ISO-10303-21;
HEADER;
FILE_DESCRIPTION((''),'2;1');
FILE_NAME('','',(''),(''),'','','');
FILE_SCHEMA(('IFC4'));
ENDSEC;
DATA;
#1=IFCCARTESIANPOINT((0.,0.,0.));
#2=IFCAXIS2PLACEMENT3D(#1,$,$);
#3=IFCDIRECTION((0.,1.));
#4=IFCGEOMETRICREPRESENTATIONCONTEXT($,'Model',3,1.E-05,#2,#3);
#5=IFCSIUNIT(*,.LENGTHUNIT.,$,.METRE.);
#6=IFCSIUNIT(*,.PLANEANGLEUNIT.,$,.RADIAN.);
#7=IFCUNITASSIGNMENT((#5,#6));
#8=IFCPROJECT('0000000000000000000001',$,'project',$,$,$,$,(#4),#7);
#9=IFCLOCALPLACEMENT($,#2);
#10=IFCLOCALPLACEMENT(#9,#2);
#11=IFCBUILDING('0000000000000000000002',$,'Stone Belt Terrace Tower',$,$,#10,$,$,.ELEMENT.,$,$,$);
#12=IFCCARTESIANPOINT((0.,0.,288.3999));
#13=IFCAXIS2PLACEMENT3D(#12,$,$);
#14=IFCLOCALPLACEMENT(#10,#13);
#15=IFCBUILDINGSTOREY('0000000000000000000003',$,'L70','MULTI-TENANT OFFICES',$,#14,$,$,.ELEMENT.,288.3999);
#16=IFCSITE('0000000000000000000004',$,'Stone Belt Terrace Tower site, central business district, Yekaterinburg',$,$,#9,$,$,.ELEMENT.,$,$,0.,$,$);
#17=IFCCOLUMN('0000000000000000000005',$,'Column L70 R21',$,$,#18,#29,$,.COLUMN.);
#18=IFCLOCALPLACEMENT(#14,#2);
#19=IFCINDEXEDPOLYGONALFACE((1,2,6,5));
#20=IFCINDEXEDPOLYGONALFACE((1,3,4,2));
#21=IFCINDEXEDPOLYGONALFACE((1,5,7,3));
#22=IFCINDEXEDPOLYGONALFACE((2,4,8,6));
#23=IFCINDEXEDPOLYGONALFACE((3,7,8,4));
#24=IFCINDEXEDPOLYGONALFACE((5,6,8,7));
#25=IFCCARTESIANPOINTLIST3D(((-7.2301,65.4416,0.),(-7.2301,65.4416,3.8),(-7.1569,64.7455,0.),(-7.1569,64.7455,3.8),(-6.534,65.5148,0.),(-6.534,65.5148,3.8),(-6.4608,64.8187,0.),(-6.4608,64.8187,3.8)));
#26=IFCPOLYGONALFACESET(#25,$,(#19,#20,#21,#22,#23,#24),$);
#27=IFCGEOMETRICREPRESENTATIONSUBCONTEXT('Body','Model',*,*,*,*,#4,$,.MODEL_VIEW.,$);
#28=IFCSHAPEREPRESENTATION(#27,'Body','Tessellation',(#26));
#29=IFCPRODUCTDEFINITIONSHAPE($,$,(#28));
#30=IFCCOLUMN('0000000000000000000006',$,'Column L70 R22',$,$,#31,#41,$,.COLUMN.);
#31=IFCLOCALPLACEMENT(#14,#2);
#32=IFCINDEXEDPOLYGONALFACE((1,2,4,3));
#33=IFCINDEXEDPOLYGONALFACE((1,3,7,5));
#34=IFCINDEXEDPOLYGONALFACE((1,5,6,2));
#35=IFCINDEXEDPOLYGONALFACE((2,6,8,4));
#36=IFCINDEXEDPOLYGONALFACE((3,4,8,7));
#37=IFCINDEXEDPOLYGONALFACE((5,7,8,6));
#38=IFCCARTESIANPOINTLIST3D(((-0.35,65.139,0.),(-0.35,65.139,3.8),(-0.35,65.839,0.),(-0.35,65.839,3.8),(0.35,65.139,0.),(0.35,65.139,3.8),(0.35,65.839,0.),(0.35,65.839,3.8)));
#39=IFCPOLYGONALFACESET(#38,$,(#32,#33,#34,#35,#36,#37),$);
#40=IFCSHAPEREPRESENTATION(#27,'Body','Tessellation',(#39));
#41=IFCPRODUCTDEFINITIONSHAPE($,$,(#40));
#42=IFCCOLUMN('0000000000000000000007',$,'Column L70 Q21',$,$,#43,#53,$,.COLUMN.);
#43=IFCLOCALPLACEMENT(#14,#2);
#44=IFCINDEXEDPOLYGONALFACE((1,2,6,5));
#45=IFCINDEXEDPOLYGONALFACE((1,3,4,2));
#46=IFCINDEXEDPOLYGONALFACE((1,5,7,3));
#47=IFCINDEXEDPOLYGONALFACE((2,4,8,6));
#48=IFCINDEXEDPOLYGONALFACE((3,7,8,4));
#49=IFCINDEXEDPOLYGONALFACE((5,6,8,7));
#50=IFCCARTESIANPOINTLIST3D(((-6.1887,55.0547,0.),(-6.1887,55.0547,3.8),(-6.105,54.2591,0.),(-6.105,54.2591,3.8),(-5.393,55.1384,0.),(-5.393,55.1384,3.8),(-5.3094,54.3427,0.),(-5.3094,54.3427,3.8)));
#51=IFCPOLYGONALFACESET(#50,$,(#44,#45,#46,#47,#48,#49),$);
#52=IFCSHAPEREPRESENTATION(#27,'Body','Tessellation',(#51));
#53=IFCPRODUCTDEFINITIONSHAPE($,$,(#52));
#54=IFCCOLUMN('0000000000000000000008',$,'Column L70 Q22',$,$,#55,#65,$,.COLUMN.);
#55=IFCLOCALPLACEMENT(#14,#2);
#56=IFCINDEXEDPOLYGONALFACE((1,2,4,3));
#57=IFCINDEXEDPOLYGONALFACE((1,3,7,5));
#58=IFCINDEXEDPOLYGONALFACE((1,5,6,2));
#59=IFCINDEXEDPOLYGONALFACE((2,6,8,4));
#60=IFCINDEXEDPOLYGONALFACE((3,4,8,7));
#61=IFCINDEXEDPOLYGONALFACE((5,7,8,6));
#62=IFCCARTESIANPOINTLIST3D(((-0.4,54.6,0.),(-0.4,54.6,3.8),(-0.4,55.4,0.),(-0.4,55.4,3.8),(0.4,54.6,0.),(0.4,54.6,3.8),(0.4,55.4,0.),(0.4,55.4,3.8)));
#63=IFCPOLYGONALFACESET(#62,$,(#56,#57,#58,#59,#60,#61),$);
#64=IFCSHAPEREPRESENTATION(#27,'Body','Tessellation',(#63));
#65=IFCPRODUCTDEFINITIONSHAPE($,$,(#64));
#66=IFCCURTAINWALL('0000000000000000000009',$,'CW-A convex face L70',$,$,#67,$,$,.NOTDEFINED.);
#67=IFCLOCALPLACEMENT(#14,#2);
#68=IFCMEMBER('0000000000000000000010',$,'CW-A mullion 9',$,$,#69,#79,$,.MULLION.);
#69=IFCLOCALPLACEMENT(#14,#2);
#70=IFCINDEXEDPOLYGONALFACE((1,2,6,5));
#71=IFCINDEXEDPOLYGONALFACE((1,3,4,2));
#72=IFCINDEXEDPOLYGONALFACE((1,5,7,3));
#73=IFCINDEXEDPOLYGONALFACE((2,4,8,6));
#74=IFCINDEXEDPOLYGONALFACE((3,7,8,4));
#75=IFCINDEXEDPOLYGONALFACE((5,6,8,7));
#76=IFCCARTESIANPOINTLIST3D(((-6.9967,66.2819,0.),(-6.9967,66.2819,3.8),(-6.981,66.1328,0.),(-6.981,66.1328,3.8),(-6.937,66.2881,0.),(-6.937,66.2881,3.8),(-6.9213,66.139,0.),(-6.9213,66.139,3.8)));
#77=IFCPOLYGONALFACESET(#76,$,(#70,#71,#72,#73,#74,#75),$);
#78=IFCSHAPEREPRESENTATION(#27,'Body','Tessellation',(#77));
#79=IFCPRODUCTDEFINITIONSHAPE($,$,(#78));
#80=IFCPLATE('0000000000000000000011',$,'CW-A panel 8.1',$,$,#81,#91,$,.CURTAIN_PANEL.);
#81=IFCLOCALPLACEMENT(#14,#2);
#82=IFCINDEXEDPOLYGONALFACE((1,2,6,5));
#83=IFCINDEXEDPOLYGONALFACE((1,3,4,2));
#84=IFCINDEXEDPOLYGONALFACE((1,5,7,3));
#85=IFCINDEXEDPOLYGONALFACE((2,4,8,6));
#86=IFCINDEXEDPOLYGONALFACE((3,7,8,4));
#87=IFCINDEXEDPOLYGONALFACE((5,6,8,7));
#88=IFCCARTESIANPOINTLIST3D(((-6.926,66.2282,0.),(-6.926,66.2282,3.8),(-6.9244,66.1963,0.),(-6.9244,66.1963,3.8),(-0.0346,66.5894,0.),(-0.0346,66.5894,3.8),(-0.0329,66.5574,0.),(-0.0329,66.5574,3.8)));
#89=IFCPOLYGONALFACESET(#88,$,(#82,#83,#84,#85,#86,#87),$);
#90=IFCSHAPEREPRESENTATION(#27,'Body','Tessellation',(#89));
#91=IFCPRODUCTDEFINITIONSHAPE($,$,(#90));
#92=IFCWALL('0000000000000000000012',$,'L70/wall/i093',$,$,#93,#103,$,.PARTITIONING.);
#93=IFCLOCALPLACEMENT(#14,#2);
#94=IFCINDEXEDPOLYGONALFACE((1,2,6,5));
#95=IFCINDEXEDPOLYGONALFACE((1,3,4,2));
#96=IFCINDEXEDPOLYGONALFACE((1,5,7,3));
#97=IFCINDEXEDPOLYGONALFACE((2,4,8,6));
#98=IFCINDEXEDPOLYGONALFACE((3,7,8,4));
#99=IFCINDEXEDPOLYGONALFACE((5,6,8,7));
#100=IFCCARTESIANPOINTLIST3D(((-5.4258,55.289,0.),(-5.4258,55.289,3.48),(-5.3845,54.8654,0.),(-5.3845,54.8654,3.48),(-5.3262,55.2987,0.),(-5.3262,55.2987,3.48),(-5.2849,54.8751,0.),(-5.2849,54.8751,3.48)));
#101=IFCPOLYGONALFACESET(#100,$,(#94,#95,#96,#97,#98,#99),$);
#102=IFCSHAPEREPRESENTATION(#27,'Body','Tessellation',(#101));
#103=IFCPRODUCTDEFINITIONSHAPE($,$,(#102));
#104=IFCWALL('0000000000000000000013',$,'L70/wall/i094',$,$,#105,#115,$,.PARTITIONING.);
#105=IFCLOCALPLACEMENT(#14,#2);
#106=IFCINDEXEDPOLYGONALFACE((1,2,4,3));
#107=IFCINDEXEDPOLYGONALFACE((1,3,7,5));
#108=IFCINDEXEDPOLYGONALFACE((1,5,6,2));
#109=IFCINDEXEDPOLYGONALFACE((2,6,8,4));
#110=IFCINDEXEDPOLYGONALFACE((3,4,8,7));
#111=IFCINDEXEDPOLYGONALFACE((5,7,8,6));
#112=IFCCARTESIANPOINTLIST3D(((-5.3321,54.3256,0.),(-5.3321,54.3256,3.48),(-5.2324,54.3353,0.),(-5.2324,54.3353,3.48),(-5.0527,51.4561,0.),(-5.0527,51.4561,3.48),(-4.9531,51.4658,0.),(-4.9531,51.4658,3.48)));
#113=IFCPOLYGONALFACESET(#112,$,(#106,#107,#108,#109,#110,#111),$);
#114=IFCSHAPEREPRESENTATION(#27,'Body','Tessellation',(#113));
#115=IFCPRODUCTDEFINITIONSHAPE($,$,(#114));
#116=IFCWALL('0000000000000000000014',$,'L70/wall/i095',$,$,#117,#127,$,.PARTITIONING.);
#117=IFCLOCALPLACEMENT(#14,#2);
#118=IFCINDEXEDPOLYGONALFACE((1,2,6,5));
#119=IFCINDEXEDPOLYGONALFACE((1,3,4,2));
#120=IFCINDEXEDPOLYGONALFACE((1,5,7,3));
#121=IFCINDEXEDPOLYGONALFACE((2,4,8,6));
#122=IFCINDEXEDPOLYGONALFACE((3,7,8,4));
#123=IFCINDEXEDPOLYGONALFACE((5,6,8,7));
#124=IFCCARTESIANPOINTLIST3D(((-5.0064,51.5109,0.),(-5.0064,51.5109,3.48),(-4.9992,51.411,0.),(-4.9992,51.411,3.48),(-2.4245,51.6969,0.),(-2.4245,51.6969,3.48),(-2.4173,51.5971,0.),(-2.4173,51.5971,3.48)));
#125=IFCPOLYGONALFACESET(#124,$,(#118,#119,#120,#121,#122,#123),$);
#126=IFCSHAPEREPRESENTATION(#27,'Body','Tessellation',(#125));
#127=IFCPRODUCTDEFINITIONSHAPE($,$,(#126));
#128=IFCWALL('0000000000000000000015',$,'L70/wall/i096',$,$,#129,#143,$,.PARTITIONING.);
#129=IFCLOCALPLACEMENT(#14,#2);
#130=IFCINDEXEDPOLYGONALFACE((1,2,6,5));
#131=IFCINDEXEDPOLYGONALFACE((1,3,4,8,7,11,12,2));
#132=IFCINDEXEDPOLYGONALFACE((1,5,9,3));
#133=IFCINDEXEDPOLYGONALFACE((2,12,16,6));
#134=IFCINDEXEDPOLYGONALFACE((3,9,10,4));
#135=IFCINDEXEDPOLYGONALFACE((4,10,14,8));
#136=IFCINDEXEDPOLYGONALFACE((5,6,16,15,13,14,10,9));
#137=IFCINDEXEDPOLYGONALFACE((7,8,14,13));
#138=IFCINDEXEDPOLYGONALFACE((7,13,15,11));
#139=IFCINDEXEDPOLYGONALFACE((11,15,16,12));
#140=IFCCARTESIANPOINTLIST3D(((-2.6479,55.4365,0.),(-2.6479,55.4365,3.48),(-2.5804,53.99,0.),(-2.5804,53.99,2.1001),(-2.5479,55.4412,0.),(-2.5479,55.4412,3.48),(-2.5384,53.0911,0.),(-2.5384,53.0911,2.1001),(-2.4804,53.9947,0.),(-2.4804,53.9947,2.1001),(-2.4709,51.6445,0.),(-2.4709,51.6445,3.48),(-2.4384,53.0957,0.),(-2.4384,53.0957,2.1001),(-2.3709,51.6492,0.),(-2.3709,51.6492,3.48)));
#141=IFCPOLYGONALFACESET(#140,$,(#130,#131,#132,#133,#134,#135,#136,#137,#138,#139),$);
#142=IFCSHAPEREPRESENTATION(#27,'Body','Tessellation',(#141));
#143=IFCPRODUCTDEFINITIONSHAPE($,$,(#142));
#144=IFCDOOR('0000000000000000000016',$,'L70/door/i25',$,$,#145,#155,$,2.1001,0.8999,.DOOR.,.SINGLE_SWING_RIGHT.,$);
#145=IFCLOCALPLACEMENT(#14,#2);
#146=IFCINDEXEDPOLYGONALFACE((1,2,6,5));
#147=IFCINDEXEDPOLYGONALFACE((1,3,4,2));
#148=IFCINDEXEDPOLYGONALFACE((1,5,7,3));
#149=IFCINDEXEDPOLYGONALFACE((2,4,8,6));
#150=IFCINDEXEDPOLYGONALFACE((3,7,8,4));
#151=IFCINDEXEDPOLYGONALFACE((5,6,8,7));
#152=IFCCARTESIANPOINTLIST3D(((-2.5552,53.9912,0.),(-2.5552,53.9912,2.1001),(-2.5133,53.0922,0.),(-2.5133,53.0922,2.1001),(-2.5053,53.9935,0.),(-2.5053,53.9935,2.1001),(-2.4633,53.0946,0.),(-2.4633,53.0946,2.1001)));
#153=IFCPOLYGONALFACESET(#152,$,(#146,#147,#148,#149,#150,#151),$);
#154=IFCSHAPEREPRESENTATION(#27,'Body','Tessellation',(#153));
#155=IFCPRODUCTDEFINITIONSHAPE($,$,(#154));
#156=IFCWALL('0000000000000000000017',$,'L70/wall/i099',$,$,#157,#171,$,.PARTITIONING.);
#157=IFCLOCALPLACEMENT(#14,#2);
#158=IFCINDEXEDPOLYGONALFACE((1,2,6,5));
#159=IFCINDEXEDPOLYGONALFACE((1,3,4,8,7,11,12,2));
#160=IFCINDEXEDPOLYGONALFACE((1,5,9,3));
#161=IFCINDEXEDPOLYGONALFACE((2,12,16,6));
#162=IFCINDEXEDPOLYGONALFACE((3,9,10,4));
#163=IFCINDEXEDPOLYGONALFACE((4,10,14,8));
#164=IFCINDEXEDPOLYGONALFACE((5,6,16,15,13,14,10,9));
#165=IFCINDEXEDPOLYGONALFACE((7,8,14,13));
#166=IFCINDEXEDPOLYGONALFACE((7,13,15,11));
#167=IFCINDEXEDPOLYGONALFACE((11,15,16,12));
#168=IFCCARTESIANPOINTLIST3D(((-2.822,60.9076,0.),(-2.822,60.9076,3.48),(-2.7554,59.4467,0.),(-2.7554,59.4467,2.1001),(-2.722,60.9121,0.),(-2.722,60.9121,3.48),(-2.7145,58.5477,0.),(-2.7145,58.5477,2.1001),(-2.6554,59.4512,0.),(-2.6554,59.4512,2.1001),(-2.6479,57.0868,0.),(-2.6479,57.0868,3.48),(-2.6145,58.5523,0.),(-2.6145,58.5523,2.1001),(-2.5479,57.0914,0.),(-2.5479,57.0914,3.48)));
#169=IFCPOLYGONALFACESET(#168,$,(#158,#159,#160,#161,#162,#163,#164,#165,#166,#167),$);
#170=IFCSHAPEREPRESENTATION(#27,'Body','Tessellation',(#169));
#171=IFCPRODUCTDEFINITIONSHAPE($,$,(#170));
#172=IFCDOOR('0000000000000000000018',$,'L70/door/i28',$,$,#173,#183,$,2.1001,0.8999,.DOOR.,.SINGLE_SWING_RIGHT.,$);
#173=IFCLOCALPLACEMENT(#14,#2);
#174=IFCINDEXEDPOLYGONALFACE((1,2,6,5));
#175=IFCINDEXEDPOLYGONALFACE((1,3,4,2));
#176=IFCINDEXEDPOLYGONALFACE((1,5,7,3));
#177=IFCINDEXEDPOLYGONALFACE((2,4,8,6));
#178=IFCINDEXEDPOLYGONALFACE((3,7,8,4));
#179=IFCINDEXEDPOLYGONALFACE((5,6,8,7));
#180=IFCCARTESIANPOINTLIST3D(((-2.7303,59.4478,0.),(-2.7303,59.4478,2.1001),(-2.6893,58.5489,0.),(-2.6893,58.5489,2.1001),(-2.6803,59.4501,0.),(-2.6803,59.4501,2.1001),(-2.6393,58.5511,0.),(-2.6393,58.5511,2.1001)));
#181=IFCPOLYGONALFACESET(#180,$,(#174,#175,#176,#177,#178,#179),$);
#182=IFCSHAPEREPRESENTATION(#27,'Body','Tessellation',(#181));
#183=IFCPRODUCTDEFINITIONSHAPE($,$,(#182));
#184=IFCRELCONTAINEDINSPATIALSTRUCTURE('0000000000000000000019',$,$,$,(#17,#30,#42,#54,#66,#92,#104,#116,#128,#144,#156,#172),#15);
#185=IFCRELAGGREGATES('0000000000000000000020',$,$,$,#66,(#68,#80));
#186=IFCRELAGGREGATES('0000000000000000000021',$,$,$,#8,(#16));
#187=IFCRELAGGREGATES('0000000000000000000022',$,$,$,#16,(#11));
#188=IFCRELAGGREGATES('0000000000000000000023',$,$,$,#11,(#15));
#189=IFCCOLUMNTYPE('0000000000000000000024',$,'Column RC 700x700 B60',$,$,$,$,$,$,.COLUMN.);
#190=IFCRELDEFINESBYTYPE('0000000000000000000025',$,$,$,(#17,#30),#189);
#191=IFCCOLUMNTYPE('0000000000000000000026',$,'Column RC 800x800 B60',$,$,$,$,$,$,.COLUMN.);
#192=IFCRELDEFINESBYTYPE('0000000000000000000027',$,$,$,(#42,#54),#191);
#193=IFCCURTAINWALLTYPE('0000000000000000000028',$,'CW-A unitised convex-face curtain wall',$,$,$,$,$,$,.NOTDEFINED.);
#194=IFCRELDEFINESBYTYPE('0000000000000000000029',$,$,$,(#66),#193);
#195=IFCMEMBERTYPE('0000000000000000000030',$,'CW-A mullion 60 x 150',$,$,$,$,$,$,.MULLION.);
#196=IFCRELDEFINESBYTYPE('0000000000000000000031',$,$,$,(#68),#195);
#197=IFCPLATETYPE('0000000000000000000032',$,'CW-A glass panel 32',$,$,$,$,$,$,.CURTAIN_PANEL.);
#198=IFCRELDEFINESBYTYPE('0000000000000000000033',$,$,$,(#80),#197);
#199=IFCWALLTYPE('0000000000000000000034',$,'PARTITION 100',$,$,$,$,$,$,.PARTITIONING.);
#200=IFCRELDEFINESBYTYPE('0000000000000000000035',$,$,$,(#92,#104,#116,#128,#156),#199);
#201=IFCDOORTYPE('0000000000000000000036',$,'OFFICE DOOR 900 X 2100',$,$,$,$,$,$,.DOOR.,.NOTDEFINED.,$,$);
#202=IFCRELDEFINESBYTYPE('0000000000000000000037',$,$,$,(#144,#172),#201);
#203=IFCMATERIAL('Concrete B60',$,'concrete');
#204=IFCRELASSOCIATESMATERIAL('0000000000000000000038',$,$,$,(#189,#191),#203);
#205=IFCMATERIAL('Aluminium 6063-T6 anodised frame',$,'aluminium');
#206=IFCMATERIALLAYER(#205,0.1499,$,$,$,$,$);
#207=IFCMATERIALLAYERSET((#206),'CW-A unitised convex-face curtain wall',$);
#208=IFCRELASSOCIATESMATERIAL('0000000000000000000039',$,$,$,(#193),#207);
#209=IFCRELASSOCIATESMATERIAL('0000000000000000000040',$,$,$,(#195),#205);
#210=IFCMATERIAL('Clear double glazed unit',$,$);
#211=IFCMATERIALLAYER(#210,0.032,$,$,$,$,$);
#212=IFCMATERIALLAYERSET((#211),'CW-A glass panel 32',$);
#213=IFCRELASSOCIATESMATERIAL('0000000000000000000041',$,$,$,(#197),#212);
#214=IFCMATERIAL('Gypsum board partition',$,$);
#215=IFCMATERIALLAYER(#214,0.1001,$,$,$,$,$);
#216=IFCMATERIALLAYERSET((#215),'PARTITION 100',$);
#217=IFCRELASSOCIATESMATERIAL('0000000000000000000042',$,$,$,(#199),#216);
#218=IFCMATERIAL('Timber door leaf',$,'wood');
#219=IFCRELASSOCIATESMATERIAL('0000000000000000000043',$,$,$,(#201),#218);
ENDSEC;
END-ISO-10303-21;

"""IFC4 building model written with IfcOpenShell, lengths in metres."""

from ifc_helpers import new_model, si_unit, direction, frame, frame_2d, origin, origin_2d, place, context, subcontext, project, spatial, rectangle, extrude, material, layer, layer_set, material_profile, profile_set, type_object, element, fill, aggregate, save


model = new_model("IFC4")

# Units and contexts
model_context = context("Model", 3, precision=1e-05, world=origin(), true_north=direction((0.0, 1.0)))
body_context = subcontext(model_context, "Body", "Model", "MODEL_VIEW")
ifc_project = project(units=[si_unit("LENGTHUNIT", "METRE"), si_unit("PLANEANGLEUNIT", "RADIAN")], contexts=[model_context])

# Site, building, storey
site_placement = place(None, origin())
site = spatial("IfcSite", under=ifc_project, at=site_placement, Name="Stone Belt Terrace Tower site, central business district, Yekaterinburg", CompositionType="ELEMENT", RefElevation=0.0)
building_placement = place(site_placement, origin())
building = spatial("IfcBuilding", under=site, at=building_placement, Name="Stone Belt Terrace Tower", CompositionType="ELEMENT")
storey_placement = place(building_placement, frame((0.0, 0.0, 288.3999)))
storey = spatial("IfcBuildingStorey", under=building, at=storey_placement, Name="L70", Description="MULTI-TENANT OFFICES", CompositionType="ELEMENT", Elevation=288.3999)

# Columns
ifc_material_1 = material(Name="Concrete B60", Category="concrete")
ifc_material_profile_1 = material_profile(ifc_material_1, rectangle(XDim=0.7, YDim=0.7, at=origin_2d()), Name="RC 700x700")
ifc_profile_set_1 = profile_set([ifc_material_profile_1], Name="Concrete B60")
column_type_1 = type_object("IfcColumnType", Name="Column RC 700x700 B60", PredefinedType="COLUMN", material=ifc_profile_set_1)
for number, where, z_axis, x_axis, name in (
    (1, (-6.8455, 65.1301, 0.0), (0.0, 0.0, 1.0), (0.994522, 0.104528, 0.0), "Column L70 R21"),
    (2, (0.0, 65.489, 0.0), (0.0, 0.0, 1.0), (1.0, 0.0, 0.0), "Column L70 R22"),
):
    element("IfcColumn", number, at=place(storey_placement, frame(where, z_axis=z_axis, x_axis=x_axis)), inside=storey, type_object=column_type_1, Name=name, PredefinedType="COLUMN", context=body_context, shape_type="SweptSolid", body=[
        extrude(rectangle(XDim=0.7, YDim=0.7, at=origin_2d()), origin(), (0.0, 0.0, 1.0), 3.8),
    ])
ifc_material_profile_2 = material_profile(ifc_material_1, rectangle(XDim=0.8, YDim=0.8, at=origin_2d()), Name="RC 800x800")
ifc_profile_set_2 = profile_set([ifc_material_profile_2], Name="Concrete B60")
column_type_2 = type_object("IfcColumnType", Name="Column RC 800x800 B60", PredefinedType="COLUMN", material=ifc_profile_set_2)
for number, where, z_axis, x_axis, name in (
    (3, (-5.749, 54.6987, 0.0), (0.0, 0.0, 1.0), (0.994522, 0.104528, 0.0), "Column L70 Q21"),
    (4, (0.0, 55.0, 0.0), (0.0, 0.0, 1.0), (1.0, 0.0, 0.0), "Column L70 Q22"),
):
    element("IfcColumn", number, at=place(storey_placement, frame(where, z_axis=z_axis, x_axis=x_axis)), inside=storey, type_object=column_type_2, Name=name, PredefinedType="COLUMN", context=body_context, shape_type="SweptSolid", body=[
        extrude(rectangle(XDim=0.8, YDim=0.8, at=origin_2d()), origin(), (0.0, 0.0, 1.0), 3.8),
    ])

# Curtain wall, member, plate
ifc_material_2 = material(Name="Aluminium 6063-T6 anodised frame", Category="aluminium")
ifc_layer_1 = layer(ifc_material_2, 0.1499)
ifc_layer_set_1 = layer_set([ifc_layer_1], Name="CW-A unitised convex-face curtain wall")
curtain_wall_type = type_object("IfcCurtainWallType", Name="CW-A unitised convex-face curtain wall", PredefinedType="NOTDEFINED", material=ifc_layer_set_1)
curtain_wall_placement = place(storey_placement, origin())
curtain_wall = element("IfcCurtainWall", 5, at=curtain_wall_placement, inside=storey, type_object=curtain_wall_type, Name="CW-A convex face L70", PredefinedType="NOTDEFINED")
ifc_material_profile_3 = material_profile(ifc_material_2, rectangle(XDim=0.1499, YDim=0.0601, at=origin_2d()), Name="Aluminium 6063-T6 60x150")
ifc_profile_set_3 = profile_set([ifc_material_profile_3], Name="Aluminium 6063-T6 anodised frame")
member_type = type_object("IfcMemberType", Name="CW-A mullion 60 x 150", PredefinedType="MULLION", material=ifc_profile_set_3)
member_placement = place(storey_placement, frame((-6.959, 66.2104, 0.0), z_axis=(0.0, 0.0, 1.0), x_axis=(0.104528, -0.994522, 0.0)))
member = element("IfcMember", 6, at=member_placement, type_object=member_type, Name="CW-A mullion 9", PredefinedType="MULLION", context=body_context, shape_type="SweptSolid", body=[
    extrude(rectangle(XDim=0.1499, YDim=0.0601, at=origin_2d()), origin(), (0.0, 0.0, 1.0), 3.8),
])
ifc_material_3 = material(Name="Clear double glazed unit")
ifc_layer_2 = layer(ifc_material_3, 0.032)
ifc_layer_set_2 = layer_set([ifc_layer_2], Name="CW-A glass panel 32")
plate_type = type_object("IfcPlateType", Name="CW-A glass panel 32", PredefinedType="CURTAIN_PANEL", material=ifc_layer_set_2)
plate_placement = place(storey_placement, frame((-3.4795, 66.3928, 0.0), z_axis=(0.0, 0.0, 1.0), x_axis=(-0.99863, -0.052336, 0.0)))
plate = element("IfcPlate", 7, at=plate_placement, type_object=plate_type, Name="CW-A panel 8.1", PredefinedType="CURTAIN_PANEL", context=body_context, shape_type="SweptSolid", body=[
    extrude(rectangle(XDim=6.9009, YDim=0.032, at=origin_2d()), origin(), (0.0, 0.0, 1.0), 3.8),
])
aggregate(curtain_wall, [member, plate])

# Walls
ifc_material_4 = material(Name="Gypsum board partition")
ifc_layer_3 = layer(ifc_material_4, 0.1001)
ifc_layer_set_3 = layer_set([ifc_layer_3], Name="PARTITION 100")
wall_type_1 = type_object("IfcWallType", Name="PARTITION 100", PredefinedType="PARTITIONING", material=ifc_layer_set_3)
wall_1_placement = place(storey_placement, frame((-5.376, 55.2939, 0.0), z_axis=(0.0, 0.0, 1.0), x_axis=(0.096948, -0.995289, 0.0)))
element("IfcWall", 8, at=wall_1_placement, inside=storey, type_object=wall_type_1, Name="L70/wall/i093", PredefinedType="PARTITIONING", context=body_context, shape_type="SweptSolid", body=[
    extrude(rectangle(XDim=0.4255, YDim=0.1001, at=frame_2d((0.2129, 0.0))), origin(), (0.0, 0.0, 1.0), 3.48),
])
wall_2_placement = place(storey_placement, frame((-5.2822, 54.3303, 0.0), z_axis=(0.0, 0.0, 1.0), x_axis=(0.096879, -0.995296, 0.0)))
element("IfcWall", 9, at=wall_2_placement, inside=storey, type_object=wall_type_1, Name="L70/wall/i094", PredefinedType="PARTITIONING", context=body_context, shape_type="SweptSolid", body=[
    extrude(rectangle(XDim=2.8831, YDim=0.1001, at=frame_2d((1.4414, 0.0))), origin(), (0.0, 0.0, 1.0), 3.48),
])
wall_3_placement = place(storey_placement, frame((-5.0029, 51.4609, 0.0), z_axis=(0.0, 0.0, 1.0), x_axis=(0.997414, 0.071864, 0.0)))
element("IfcWall", 10, at=wall_3_placement, inside=storey, type_object=wall_type_1, Name="L70/wall/i095", PredefinedType="PARTITIONING", context=body_context, shape_type="SweptSolid", body=[
    extrude(rectangle(XDim=2.5886, YDim=0.1001, at=frame_2d((1.2944, 0.0))), origin(), (0.0, 0.0, 1.0), 3.48),
])

# Walls, openings, doors
wall_4_placement = place(storey_placement, frame((-2.4209, 51.647, 0.0), z_axis=(0.0, 0.0, 1.0), x_axis=(-0.046627, 0.998912, 0.0)))
wall_4 = element("IfcWall", 11, at=wall_4_placement, inside=storey, type_object=wall_type_1, Name="L70/wall/i096", PredefinedType="PARTITIONING", context=body_context, shape_type="SweptSolid", body=[
    extrude(rectangle(XDim=3.7961, YDim=0.1001, at=frame_2d((1.8979, 0.0))), origin(), (0.0, 0.0, 1.0), 3.48),
])
opening_1_placement = place(wall_4_placement, frame((1.448, 0.0, 0.0)))
opening_1 = element("IfcOpeningElement", 12, at=opening_1_placement, cuts=wall_4, PredefinedType="OPENING", context=body_context, shape_type="SweptSolid", body=[
    extrude(rectangle(XDim=0.8999, YDim=2.1001, at=frame_2d((0.45, 1.05))), frame((0.0, 0.0601, 0.0), z_axis=(0.0, -1.0, 0.0), x_axis=(1.0, 0.0, 0.0)), (0.0, 0.0, 1.0), 0.1201),
])
ifc_material_5 = material(Name="Timber door leaf", Category="wood")
door_type = type_object("IfcDoorType", Name="OFFICE DOOR 900 X 2100", OperationType="NOTDEFINED", PredefinedType="DOOR", material=ifc_material_5)
door_1_placement = place(opening_1_placement, origin())
door_1 = element("IfcDoor", 13, at=door_1_placement, inside=storey, type_object=door_type, Name="L70/door/i25", OperationType="SINGLE_SWING_RIGHT", OverallHeight=2.1001, OverallWidth=0.8999, PredefinedType="DOOR", context=body_context, shape_type="SweptSolid", body=[
    extrude(rectangle(XDim=0.8999, YDim=2.1001, at=frame_2d((0.45, 1.05))), frame((0.0, 0.0249, 0.0), z_axis=(0.0, -1.0, 0.0), x_axis=(1.0, 0.0, 0.0)), (0.0, 0.0, 1.0), 0.05),
])
fill(opening_1, door_1)
wall_5_placement = place(storey_placement, frame((-2.5979, 57.0891, 0.0), z_axis=(0.0, 0.0, 1.0), x_axis=(-0.045512, 0.998964, 0.0)))
wall_5 = element("IfcWall", 14, at=wall_5_placement, inside=storey, type_object=wall_type_1, Name="L70/wall/i099", PredefinedType="PARTITIONING", context=body_context, shape_type="SweptSolid", body=[
    extrude(rectangle(XDim=3.8247, YDim=0.1001, at=frame_2d((1.9124, 0.0))), origin(), (0.0, 0.0, 1.0), 3.48),
])
opening_2_placement = place(wall_5_placement, frame((1.4624, 0.0, 0.0)))
opening_2 = element("IfcOpeningElement", 15, at=opening_2_placement, cuts=wall_5, PredefinedType="OPENING", context=body_context, shape_type="SweptSolid", body=[
    extrude(rectangle(XDim=0.8999, YDim=2.1001, at=frame_2d((0.45, 1.05))), frame((0.0, 0.0601, 0.0), z_axis=(0.0, -1.0, 0.0), x_axis=(1.0, 0.0, 0.0)), (0.0, 0.0, 1.0), 0.1201),
])
door_2_placement = place(opening_2_placement, origin())
door_2 = element("IfcDoor", 16, at=door_2_placement, inside=storey, type_object=door_type, Name="L70/door/i28", OperationType="SINGLE_SWING_RIGHT", OverallHeight=2.1001, OverallWidth=0.8999, PredefinedType="DOOR", context=body_context, shape_type="SweptSolid", body=[
    extrude(rectangle(XDim=0.8999, YDim=2.1001, at=frame_2d((0.45, 1.05))), frame((0.0, 0.0249, 0.0), z_axis=(0.0, -1.0, 0.0), x_axis=(1.0, 0.0, 0.0)), (0.0, 0.0, 1.0), 0.05),
])
fill(opening_2, door_2)

save(model, "model.ifc")
